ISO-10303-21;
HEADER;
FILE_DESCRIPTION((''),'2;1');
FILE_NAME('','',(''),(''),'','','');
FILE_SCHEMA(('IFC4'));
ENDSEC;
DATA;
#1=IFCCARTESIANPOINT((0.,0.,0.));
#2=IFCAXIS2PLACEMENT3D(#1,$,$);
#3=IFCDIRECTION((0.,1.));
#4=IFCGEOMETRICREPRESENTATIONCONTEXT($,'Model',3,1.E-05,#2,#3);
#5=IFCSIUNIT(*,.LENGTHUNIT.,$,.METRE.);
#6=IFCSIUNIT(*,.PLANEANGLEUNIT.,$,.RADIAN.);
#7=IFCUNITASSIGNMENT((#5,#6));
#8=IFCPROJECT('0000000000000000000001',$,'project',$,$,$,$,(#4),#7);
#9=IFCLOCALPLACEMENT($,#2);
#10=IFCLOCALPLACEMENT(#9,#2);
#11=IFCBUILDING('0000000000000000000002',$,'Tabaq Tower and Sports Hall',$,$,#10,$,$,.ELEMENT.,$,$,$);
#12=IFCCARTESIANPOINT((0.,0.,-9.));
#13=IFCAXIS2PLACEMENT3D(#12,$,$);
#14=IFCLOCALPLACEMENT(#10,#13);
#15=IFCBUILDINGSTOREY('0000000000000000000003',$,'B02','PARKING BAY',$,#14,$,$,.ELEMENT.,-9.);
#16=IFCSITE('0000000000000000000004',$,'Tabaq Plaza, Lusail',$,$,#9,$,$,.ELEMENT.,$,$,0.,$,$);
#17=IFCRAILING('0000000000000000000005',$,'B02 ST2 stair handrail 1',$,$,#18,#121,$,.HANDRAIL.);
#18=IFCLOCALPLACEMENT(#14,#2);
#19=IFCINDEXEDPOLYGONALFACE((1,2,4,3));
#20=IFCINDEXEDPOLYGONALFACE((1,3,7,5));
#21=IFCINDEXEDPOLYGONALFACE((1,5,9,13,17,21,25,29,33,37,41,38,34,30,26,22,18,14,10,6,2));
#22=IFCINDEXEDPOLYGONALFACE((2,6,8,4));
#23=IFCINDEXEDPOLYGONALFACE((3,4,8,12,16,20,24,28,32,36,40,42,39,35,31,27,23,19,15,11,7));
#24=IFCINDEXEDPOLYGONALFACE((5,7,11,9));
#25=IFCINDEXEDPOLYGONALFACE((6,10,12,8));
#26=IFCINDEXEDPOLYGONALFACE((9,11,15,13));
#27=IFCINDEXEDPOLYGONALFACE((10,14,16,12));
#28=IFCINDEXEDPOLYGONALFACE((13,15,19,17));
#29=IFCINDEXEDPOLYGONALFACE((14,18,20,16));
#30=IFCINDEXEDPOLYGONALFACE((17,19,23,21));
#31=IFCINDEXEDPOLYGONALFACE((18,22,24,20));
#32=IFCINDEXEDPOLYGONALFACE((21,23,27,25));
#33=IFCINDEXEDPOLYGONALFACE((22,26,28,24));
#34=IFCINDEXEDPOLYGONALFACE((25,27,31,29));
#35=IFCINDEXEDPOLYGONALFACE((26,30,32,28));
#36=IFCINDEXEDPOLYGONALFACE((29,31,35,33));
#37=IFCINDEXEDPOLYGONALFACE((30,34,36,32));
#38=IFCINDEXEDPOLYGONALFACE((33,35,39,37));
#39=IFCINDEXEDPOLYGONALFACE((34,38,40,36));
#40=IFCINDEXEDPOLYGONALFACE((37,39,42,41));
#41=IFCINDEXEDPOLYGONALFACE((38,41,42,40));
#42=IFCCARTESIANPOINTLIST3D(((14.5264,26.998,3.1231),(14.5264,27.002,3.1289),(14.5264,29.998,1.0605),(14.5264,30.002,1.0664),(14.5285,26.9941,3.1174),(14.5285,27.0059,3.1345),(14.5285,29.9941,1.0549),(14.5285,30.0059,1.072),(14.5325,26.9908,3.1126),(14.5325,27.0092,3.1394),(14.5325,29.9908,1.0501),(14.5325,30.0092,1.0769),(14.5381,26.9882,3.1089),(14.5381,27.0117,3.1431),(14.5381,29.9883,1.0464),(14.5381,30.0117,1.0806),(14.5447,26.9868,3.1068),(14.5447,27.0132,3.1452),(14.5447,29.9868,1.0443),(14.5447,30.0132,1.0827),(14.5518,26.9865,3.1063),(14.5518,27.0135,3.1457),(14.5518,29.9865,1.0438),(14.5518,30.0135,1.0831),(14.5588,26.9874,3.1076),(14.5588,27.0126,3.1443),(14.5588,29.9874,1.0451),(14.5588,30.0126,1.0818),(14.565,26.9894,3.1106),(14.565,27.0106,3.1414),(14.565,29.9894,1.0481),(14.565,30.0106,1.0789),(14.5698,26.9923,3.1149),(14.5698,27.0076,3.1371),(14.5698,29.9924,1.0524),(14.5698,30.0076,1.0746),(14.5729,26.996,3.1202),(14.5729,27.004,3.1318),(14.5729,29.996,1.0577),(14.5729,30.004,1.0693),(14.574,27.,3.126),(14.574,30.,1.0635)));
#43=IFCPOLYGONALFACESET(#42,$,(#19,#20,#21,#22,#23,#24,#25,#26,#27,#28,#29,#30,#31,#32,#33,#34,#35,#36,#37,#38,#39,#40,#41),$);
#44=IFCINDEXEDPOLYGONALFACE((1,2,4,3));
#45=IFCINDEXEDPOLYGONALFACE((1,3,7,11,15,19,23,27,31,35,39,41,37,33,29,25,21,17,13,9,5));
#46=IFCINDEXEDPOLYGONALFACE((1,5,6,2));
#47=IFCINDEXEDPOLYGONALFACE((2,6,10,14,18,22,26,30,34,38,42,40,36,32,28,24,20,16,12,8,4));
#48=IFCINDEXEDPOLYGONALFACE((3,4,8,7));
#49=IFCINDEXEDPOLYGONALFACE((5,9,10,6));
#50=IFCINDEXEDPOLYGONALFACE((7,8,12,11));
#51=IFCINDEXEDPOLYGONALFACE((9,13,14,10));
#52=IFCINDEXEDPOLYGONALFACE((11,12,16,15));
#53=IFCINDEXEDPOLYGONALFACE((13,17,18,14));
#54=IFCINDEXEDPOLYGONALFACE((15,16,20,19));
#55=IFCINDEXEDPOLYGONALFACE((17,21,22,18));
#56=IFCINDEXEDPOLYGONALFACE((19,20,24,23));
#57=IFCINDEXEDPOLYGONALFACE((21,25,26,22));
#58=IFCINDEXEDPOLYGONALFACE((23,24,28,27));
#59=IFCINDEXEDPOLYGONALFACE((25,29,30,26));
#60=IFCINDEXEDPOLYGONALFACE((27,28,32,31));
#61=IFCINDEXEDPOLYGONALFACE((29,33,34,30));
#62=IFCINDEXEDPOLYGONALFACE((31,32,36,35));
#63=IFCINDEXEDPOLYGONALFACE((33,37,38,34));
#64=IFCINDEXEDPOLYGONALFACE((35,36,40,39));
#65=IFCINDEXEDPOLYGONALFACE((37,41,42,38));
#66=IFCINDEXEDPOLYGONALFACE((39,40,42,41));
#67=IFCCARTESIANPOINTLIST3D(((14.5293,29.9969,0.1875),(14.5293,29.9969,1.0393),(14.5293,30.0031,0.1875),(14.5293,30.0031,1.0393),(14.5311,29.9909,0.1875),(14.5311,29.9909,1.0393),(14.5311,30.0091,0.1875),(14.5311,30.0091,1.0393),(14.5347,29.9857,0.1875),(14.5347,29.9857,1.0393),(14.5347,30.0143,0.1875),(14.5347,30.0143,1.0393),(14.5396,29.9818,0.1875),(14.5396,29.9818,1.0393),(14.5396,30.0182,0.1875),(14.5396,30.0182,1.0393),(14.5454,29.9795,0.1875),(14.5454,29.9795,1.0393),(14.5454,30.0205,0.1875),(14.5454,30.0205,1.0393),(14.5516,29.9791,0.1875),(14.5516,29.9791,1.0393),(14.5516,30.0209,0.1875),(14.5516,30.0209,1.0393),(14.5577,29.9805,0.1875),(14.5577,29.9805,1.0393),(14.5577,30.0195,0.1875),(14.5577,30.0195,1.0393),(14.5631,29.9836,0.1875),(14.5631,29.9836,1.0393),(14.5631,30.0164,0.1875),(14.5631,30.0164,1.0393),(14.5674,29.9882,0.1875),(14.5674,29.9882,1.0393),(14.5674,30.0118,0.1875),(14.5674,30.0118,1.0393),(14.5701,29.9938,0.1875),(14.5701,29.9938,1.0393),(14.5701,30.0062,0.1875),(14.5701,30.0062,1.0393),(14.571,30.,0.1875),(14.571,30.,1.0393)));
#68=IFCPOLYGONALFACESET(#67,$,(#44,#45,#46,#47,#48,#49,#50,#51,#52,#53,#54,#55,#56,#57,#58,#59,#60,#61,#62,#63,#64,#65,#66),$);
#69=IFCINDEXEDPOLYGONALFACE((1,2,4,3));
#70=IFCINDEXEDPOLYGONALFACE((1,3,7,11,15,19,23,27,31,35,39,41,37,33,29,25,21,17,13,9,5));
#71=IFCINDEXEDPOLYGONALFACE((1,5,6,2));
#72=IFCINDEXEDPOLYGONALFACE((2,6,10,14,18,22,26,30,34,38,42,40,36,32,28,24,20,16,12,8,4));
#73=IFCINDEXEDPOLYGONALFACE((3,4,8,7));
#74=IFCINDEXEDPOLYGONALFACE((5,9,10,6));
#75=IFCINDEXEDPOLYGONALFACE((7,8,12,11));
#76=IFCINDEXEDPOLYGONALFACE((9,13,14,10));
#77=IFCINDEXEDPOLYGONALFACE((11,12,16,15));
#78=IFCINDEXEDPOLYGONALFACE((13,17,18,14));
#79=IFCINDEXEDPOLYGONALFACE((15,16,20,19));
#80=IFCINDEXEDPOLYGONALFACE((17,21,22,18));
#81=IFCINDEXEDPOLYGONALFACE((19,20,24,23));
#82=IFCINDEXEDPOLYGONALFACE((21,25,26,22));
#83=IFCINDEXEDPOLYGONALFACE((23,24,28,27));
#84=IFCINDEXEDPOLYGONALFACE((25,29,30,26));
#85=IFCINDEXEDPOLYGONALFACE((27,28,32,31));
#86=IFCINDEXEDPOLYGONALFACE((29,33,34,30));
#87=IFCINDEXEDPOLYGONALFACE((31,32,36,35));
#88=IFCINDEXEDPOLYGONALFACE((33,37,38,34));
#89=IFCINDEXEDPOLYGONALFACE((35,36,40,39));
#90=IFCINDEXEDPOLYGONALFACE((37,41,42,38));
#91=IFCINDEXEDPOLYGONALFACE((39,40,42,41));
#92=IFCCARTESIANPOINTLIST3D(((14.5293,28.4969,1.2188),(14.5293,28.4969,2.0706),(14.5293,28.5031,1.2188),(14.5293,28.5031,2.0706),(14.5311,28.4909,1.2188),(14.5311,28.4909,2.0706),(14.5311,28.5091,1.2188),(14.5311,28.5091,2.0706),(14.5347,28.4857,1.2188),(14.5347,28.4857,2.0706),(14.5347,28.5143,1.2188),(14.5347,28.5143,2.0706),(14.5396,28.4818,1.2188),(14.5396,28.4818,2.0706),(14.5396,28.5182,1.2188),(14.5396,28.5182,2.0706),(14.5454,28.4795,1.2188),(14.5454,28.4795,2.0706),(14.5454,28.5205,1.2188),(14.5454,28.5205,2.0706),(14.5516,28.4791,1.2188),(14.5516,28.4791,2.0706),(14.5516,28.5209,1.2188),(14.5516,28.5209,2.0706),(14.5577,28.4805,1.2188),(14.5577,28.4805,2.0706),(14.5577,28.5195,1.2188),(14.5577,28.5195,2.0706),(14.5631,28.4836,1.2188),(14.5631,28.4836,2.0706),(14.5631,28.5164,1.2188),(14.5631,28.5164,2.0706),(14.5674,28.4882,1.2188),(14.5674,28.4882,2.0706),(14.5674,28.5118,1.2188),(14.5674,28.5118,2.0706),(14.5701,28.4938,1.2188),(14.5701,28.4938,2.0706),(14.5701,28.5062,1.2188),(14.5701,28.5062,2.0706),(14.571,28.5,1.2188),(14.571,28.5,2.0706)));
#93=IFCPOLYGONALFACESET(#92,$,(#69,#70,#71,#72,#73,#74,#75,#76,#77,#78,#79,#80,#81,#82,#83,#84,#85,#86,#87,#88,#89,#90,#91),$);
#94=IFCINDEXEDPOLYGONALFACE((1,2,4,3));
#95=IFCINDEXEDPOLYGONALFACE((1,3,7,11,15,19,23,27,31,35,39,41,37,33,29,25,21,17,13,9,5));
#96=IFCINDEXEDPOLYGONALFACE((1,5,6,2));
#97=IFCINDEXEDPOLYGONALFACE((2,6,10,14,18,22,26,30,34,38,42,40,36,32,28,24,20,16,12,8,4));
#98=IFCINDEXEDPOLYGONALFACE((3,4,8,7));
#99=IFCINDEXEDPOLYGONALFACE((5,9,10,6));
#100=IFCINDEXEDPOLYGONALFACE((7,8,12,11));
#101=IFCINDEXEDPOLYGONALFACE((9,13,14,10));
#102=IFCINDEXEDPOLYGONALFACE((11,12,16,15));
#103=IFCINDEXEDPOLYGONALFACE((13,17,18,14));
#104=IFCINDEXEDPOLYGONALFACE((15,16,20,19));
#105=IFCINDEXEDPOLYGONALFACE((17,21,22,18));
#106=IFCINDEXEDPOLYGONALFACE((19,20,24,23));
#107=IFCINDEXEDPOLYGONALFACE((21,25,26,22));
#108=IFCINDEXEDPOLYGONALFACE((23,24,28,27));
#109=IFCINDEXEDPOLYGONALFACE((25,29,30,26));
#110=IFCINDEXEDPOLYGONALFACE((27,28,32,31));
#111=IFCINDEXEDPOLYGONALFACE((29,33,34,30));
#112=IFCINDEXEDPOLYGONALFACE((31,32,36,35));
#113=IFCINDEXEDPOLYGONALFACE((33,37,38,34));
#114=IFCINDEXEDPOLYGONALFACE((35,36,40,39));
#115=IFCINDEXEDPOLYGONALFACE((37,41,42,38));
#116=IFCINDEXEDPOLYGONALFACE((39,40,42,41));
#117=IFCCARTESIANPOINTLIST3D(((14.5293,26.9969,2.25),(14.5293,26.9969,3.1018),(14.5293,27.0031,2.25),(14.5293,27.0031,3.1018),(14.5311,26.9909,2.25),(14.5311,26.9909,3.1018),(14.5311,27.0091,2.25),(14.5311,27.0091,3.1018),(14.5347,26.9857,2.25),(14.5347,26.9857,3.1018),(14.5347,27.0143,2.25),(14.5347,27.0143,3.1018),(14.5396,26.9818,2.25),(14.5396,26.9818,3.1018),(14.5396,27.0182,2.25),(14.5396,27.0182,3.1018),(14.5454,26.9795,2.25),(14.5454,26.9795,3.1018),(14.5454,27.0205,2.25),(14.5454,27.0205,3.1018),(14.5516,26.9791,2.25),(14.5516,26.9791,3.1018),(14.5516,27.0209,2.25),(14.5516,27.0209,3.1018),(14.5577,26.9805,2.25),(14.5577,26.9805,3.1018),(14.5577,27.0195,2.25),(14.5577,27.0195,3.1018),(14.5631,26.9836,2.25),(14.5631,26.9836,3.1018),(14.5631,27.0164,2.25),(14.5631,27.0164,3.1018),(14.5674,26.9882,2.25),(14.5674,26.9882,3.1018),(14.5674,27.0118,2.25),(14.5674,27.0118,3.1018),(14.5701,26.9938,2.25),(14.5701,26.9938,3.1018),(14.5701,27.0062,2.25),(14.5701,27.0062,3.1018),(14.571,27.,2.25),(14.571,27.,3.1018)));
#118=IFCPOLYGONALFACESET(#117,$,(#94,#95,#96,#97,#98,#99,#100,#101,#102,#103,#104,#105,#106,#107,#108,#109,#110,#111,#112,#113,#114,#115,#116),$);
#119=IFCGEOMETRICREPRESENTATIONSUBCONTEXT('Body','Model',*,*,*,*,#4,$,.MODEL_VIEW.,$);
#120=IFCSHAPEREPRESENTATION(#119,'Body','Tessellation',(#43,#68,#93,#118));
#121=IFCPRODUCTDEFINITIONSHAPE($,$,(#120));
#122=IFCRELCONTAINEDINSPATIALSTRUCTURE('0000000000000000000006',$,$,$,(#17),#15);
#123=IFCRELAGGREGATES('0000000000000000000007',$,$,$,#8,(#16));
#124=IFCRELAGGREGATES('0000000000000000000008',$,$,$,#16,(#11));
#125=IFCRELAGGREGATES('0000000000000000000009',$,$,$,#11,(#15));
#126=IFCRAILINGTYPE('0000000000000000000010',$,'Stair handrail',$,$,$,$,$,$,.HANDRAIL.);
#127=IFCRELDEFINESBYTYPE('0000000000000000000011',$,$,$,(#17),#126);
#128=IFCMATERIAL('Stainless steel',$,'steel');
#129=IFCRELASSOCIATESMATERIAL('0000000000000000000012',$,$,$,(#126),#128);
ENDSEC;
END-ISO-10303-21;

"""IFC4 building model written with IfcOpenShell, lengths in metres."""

from ifc_helpers import new_model, si_unit, direction, frame, origin, origin_2d, place, context, subcontext, project, spatial, circle, extrude, material, type_object, element, save


model = new_model("IFC4")

# Units and contexts
model_context = context("Model", 3, precision=1e-05, world=origin(), true_north=direction((0.0, 1.0)))
body_context = subcontext(model_context, "Body", "Model", "MODEL_VIEW")
ifc_project = project(units=[si_unit("LENGTHUNIT", "METRE"), si_unit("PLANEANGLEUNIT", "RADIAN")], contexts=[model_context])

# Site, building, storey
site_placement = place(None, origin())
site = spatial("IfcSite", under=ifc_project, at=site_placement, Name="Tabaq Plaza, Lusail", CompositionType="ELEMENT", RefElevation=0.0)
building_placement = place(site_placement, origin())
building = spatial("IfcBuilding", under=site, at=building_placement, Name="Tabaq Tower and Sports Hall", CompositionType="ELEMENT")
storey_placement = place(building_placement, frame((0.0, 0.0, -9.0)))
storey = spatial("IfcBuildingStorey", under=building, at=storey_placement, Name="B02", Description="PARKING BAY", CompositionType="ELEMENT", Elevation=-9.0)

# Railing
ifc_material_1 = material(Name="Stainless steel", Category="steel")
railing_type_1 = type_object("IfcRailingType", Name="Stair handrail", PredefinedType="HANDRAIL", material=ifc_material_1)
railing_1_placement = place(storey_placement, frame((14.55, 30.0, 0.1875)))
element("IfcRailing", 1, at=railing_1_placement, inside=storey, type_object=railing_type_1, Name="B02 ST2 stair handrail 1", PredefinedType="HANDRAIL", context=body_context, shape_type="SweptSolid", body=[
    extrude(circle(Radius=0.0239, at=origin_2d()), frame((0.0, 0.0, 0.876), z_axis=(0.0, -0.824042, 0.566529), x_axis=(1.0, 0.0, 0.0)), (0.0, 0.0, 1.0), 3.6406),
    extrude(circle(Radius=0.021, at=origin_2d()), origin(), (0.0, 0.0, 1.0), 0.8518),
    extrude(circle(Radius=0.021, at=origin_2d()), frame((0.0, -1.5, 1.0312)), (0.0, 0.0, 1.0), 0.8518),
    extrude(circle(Radius=0.021, at=origin_2d()), frame((0.0, -3.0, 2.0625)), (0.0, 0.0, 1.0), 0.8518),
])

save(model, "model.ifc")
